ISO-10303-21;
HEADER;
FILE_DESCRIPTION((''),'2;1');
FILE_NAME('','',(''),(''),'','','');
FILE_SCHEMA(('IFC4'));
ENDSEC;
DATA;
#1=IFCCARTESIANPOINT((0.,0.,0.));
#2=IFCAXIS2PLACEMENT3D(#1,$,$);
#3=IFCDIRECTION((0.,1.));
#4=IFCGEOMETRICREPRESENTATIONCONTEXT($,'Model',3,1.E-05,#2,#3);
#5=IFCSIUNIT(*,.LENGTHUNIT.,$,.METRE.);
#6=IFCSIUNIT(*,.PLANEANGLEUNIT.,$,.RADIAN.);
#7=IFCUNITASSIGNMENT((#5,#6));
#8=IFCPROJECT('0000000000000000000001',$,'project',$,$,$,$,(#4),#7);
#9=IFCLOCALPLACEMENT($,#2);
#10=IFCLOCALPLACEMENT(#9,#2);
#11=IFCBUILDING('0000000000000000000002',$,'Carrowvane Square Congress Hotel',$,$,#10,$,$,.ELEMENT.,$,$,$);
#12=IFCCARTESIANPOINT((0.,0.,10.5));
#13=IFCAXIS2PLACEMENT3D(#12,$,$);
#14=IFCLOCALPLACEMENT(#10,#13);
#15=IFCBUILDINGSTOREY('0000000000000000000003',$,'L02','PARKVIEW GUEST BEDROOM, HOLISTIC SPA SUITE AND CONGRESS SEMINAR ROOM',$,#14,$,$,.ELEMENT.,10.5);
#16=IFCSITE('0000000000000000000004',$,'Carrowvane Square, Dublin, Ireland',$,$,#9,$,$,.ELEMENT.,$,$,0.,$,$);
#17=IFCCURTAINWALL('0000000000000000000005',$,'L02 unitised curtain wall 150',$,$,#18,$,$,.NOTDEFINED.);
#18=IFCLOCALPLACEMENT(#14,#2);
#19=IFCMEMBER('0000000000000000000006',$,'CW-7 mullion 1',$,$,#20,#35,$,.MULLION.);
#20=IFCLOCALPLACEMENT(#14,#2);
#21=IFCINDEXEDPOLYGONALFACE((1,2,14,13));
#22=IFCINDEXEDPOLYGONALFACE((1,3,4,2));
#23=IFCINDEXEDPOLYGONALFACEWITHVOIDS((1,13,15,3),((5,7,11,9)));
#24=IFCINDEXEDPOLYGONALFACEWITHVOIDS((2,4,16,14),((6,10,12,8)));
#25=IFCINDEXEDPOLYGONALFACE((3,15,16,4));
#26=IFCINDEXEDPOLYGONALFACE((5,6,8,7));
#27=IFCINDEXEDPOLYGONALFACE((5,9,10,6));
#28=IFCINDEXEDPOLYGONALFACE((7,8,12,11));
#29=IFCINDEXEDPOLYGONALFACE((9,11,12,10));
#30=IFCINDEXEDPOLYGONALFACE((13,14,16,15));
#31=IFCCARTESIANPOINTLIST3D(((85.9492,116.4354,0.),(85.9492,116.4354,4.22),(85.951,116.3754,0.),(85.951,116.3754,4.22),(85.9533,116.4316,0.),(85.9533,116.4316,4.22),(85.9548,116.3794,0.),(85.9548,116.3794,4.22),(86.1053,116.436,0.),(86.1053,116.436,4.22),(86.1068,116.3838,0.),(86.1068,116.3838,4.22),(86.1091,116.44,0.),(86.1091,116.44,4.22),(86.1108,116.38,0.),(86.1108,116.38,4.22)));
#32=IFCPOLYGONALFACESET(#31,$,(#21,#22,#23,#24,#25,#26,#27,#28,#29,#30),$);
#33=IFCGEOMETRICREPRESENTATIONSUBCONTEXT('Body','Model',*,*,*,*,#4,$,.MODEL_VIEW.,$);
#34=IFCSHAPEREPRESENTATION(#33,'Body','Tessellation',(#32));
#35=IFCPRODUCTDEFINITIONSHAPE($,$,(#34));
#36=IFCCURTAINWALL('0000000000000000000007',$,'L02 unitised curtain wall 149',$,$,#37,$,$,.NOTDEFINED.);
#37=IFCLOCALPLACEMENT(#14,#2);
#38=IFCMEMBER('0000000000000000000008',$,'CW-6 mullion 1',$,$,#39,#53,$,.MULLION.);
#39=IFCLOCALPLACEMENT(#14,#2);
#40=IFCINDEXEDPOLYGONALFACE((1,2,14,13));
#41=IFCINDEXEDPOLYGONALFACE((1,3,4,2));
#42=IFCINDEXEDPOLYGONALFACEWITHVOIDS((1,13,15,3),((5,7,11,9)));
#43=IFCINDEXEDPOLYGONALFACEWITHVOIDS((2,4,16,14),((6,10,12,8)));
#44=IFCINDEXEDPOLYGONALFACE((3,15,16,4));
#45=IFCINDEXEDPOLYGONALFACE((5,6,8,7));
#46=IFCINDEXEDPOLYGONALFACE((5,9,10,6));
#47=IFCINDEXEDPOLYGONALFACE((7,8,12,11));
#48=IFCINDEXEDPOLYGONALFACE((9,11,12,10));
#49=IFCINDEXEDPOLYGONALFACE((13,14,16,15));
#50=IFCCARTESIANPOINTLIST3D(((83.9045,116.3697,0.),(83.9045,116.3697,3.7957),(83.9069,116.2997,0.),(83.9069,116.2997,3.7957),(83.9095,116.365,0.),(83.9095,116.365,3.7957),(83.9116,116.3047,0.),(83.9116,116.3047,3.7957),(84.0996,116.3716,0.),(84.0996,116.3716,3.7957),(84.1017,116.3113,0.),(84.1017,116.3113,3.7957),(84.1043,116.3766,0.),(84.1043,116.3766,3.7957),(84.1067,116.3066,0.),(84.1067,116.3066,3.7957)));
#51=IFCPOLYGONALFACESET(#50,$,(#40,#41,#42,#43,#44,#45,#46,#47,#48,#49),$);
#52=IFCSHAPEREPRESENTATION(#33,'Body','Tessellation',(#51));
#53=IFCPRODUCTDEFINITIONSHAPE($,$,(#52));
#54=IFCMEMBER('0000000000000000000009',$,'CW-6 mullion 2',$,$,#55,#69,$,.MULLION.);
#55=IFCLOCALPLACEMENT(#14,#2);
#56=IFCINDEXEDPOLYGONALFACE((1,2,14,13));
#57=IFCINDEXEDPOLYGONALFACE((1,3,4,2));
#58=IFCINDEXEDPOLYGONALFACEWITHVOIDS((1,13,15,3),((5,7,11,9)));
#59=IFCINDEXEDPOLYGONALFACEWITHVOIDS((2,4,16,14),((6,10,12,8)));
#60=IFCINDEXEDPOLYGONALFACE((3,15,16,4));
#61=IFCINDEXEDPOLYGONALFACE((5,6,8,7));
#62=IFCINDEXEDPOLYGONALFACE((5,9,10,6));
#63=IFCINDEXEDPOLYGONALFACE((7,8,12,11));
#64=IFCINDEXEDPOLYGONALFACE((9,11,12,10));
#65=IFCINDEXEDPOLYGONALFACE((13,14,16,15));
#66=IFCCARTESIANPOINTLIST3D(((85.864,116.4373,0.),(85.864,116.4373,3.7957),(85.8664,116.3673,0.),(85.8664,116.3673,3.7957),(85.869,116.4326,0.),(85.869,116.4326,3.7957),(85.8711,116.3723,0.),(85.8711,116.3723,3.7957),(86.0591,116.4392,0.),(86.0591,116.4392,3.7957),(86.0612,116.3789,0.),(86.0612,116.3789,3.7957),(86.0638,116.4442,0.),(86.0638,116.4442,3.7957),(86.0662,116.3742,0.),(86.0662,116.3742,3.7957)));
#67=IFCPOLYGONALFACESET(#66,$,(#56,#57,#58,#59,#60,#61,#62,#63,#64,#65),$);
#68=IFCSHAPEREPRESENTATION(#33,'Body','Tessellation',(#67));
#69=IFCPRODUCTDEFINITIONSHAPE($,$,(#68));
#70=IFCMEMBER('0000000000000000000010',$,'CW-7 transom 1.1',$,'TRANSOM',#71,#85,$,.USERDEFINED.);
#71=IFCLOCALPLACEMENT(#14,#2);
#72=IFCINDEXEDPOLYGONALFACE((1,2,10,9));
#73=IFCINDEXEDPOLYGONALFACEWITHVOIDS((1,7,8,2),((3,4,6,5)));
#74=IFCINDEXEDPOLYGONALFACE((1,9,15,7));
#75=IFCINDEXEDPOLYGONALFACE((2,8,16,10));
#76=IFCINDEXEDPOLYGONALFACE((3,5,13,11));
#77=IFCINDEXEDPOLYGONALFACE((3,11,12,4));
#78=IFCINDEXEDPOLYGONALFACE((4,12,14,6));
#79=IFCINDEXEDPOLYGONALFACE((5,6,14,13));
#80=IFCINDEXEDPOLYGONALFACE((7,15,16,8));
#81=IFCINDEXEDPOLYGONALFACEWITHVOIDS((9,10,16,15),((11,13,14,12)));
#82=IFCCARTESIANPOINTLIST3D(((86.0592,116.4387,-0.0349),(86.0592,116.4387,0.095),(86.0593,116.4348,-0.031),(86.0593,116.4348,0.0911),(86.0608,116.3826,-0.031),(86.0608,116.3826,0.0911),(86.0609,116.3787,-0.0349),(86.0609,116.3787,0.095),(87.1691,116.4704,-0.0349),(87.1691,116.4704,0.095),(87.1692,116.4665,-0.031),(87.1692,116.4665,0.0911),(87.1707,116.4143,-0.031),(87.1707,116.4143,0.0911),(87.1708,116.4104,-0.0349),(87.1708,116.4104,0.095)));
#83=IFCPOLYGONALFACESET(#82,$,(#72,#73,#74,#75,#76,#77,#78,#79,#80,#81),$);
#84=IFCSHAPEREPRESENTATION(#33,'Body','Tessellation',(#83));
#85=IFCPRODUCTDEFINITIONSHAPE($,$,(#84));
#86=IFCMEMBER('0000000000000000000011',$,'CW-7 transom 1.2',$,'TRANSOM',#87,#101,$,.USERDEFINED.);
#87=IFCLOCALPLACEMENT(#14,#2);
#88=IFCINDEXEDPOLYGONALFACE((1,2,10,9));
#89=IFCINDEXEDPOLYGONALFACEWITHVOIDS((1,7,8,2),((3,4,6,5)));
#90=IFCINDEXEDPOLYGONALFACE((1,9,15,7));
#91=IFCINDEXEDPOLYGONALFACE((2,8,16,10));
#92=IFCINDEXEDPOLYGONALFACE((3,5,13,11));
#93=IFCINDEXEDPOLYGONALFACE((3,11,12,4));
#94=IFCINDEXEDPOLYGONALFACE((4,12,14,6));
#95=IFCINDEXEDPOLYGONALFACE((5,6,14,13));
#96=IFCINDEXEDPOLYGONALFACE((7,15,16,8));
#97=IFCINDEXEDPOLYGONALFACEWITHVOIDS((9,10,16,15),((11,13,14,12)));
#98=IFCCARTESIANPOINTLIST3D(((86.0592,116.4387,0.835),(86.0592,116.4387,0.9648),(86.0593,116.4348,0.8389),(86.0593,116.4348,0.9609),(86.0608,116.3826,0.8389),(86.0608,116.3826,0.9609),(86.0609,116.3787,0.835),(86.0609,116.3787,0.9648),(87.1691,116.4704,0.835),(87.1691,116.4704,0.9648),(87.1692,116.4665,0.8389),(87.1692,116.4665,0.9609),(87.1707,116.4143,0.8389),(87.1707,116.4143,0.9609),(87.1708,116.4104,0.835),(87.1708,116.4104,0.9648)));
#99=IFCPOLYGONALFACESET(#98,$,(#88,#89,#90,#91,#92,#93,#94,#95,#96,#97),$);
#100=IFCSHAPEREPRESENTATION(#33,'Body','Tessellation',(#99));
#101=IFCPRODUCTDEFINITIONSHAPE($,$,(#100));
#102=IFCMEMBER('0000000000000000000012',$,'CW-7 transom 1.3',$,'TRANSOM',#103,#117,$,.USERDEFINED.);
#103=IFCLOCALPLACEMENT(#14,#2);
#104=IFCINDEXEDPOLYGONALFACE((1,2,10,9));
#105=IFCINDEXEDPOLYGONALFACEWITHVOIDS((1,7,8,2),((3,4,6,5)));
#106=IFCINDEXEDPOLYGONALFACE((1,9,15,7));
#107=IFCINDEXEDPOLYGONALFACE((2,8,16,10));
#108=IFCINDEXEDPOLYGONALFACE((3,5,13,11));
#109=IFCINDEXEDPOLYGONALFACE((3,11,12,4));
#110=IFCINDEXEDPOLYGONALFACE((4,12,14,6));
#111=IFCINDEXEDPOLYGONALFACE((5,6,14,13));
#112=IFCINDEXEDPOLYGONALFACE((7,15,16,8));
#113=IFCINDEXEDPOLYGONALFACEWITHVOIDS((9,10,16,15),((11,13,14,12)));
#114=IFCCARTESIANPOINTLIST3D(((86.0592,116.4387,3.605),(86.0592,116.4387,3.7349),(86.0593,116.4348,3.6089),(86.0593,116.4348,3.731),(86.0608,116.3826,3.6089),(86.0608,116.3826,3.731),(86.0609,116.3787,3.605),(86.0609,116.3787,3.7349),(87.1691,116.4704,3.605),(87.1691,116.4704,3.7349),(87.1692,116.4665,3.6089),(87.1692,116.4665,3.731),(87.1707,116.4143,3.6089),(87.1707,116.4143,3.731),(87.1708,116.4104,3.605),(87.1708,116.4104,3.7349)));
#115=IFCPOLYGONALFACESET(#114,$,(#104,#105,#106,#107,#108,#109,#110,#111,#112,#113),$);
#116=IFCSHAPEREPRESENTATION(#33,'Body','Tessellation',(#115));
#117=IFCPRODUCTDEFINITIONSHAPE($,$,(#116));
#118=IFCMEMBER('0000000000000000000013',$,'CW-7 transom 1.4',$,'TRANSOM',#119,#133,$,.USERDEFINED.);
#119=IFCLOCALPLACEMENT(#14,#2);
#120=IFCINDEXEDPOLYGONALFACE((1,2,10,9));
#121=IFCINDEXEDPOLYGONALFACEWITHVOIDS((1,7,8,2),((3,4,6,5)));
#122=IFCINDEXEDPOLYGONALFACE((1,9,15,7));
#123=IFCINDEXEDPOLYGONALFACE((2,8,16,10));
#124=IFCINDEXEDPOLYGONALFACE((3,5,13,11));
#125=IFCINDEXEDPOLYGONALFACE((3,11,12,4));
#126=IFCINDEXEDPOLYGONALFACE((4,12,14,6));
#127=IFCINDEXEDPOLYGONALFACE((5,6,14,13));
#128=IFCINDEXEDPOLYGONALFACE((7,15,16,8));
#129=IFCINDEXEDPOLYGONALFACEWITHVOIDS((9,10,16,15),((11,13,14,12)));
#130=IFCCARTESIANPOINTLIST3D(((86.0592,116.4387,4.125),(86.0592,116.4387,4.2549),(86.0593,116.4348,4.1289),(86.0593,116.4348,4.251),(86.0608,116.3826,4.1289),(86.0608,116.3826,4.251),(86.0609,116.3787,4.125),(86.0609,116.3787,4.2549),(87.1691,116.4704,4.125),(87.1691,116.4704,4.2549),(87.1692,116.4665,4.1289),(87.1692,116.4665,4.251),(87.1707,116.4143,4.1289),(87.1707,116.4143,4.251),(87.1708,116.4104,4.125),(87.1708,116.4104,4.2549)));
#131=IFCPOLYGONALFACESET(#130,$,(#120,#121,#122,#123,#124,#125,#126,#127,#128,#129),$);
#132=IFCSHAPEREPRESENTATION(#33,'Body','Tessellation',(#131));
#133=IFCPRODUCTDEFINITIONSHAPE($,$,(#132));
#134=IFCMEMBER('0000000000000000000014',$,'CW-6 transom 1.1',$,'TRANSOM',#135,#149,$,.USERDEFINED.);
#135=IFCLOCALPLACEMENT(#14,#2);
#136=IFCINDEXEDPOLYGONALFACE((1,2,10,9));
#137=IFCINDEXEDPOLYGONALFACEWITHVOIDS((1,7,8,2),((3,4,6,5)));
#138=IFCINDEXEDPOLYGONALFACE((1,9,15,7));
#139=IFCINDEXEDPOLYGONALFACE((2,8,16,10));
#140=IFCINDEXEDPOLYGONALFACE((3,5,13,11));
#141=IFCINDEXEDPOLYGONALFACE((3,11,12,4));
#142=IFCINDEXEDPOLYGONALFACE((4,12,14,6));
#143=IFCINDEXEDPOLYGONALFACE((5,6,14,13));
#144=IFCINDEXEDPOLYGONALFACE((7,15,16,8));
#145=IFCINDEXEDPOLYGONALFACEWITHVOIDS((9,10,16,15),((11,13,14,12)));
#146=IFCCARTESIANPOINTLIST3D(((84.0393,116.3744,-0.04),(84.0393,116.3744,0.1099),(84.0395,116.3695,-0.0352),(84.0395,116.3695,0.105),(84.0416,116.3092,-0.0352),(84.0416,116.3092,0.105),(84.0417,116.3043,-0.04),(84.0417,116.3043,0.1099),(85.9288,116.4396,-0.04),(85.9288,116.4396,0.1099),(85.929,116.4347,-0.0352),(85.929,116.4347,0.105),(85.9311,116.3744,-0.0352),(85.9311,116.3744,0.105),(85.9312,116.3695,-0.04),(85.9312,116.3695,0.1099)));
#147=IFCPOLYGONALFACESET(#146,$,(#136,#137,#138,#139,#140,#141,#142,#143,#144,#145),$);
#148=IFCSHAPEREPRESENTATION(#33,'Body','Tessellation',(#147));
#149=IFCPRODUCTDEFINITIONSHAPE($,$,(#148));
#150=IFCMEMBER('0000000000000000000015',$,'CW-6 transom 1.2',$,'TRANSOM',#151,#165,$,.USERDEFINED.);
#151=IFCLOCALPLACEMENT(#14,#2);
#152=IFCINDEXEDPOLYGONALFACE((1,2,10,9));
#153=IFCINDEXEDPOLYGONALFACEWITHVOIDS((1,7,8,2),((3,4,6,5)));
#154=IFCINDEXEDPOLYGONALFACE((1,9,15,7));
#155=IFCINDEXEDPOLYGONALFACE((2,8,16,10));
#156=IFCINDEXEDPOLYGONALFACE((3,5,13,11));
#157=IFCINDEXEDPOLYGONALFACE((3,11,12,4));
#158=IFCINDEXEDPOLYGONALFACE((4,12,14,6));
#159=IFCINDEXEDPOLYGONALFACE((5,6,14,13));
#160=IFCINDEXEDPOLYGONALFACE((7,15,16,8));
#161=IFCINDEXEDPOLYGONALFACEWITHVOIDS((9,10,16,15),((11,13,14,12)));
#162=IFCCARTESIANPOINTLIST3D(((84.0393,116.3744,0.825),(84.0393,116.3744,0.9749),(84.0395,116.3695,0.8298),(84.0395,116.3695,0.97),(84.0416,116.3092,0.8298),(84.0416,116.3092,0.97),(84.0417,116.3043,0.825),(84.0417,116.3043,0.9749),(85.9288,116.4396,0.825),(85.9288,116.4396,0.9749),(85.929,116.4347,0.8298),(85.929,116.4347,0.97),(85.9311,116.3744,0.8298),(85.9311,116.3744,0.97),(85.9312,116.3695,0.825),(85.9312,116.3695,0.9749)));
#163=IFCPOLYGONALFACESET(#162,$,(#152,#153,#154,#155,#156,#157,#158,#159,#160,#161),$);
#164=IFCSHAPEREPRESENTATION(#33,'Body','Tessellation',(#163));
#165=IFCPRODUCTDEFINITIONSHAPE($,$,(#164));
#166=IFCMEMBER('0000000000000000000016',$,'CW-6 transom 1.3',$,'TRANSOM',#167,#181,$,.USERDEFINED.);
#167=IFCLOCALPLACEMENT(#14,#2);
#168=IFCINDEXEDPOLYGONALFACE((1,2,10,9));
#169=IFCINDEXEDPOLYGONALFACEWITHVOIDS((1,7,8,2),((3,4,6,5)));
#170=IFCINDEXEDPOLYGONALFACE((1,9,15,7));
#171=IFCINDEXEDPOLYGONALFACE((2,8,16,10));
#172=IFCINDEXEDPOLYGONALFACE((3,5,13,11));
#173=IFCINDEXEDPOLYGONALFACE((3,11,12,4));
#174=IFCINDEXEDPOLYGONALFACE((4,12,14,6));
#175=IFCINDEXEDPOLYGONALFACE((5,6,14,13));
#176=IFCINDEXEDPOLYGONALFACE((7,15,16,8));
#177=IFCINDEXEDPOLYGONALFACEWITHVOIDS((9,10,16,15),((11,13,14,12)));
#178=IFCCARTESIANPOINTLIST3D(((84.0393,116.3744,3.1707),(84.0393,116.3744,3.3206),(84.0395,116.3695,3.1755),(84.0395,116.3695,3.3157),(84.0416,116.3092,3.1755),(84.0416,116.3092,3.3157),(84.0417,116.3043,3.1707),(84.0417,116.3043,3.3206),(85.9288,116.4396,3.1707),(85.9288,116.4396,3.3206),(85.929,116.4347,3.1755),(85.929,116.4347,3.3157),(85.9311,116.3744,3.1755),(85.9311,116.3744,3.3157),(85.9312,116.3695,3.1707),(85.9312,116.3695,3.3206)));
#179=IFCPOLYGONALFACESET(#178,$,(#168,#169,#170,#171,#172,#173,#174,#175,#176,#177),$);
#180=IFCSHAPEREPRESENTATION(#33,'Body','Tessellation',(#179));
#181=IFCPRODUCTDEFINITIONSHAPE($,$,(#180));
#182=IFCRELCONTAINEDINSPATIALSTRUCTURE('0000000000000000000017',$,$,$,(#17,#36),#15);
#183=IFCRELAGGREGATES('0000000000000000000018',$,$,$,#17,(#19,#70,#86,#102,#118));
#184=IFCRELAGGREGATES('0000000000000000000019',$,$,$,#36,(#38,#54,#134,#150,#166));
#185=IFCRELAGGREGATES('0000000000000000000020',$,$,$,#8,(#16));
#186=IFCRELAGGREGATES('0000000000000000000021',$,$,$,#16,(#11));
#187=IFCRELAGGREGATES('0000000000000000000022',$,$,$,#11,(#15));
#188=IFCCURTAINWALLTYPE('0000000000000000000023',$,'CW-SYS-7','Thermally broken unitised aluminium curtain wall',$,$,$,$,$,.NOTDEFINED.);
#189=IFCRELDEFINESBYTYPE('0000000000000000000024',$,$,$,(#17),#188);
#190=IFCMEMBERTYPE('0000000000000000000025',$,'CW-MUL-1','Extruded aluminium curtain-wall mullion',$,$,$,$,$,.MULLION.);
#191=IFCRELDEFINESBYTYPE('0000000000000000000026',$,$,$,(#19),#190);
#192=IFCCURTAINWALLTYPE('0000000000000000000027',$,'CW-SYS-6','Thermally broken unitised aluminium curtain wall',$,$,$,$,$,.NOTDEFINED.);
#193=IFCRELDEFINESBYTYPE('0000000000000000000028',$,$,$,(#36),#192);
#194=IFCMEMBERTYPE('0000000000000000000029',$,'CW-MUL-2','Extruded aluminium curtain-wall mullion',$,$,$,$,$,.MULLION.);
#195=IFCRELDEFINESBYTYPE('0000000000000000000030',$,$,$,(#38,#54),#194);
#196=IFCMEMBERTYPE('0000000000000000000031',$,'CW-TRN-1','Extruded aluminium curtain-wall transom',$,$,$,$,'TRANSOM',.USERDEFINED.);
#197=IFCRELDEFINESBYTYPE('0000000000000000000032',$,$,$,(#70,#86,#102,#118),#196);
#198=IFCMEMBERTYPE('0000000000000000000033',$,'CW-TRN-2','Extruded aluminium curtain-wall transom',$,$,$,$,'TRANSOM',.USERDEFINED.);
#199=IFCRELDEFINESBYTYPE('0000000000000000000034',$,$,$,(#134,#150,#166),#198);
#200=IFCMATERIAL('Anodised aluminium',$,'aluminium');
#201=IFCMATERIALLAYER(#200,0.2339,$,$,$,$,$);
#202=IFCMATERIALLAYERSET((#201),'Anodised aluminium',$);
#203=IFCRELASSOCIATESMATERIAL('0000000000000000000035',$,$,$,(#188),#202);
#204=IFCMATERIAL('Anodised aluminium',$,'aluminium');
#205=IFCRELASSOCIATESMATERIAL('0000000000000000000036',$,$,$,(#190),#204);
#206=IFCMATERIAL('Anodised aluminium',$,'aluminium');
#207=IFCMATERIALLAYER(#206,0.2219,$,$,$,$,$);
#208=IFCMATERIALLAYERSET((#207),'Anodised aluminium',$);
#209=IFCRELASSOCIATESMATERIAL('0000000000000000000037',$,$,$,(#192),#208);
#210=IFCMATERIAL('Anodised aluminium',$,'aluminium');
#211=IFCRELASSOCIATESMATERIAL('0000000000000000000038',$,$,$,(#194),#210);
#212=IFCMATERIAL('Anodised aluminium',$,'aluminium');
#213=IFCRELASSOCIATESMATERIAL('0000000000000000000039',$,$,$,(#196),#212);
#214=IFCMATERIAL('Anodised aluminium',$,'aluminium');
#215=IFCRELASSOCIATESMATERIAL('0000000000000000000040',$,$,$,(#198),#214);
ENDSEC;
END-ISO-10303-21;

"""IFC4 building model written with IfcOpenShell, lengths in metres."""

from ifc_helpers import new_model, si_unit, direction, frame, origin, origin_2d, place, context, subcontext, project, spatial, hollow_rectangle, extrude, material, layer, layer_set, material_profile, profile_set, type_object, element, aggregate, save


model = new_model("IFC4")

# Units and contexts
model_context = context("Model", 3, precision=1e-05, world=origin(), true_north=direction((0.0, 1.0)))
body_context = subcontext(model_context, "Body", "Model", "MODEL_VIEW")
ifc_project = project(units=[si_unit("LENGTHUNIT", "METRE"), si_unit("PLANEANGLEUNIT", "RADIAN")], contexts=[model_context])

# Site, building, storey
site_placement = place(None, origin())
site = spatial("IfcSite", under=ifc_project, at=site_placement, Name="Carrowvane Square, Dublin, Ireland", CompositionType="ELEMENT", RefElevation=0.0)
building_placement = place(site_placement, origin())
building = spatial("IfcBuilding", under=site, at=building_placement, Name="Carrowvane Square Congress Hotel", CompositionType="ELEMENT")
storey_placement = place(building_placement, frame((0.0, 0.0, 10.5)))
storey = spatial("IfcBuildingStorey", under=building, at=storey_placement, Name="L02", Description="PARKVIEW GUEST BEDROOM, HOLISTIC SPA SUITE AND CONGRESS SEMINAR ROOM", CompositionType="ELEMENT", Elevation=10.5)

# Curtain wall, member
ifc_material_1 = material(Name="Anodised aluminium", Category="aluminium")
ifc_layer_1 = layer(ifc_material_1, 0.2339)
ifc_layer_set_1 = layer_set([ifc_layer_1], Name="Anodised aluminium")
curtain_wall_type_1 = type_object("IfcCurtainWallType", Name="CW-SYS-7", Description="Thermally broken unitised aluminium curtain wall", PredefinedType="NOTDEFINED", material=ifc_layer_set_1)
curtain_wall_1_placement = place(storey_placement, origin())
curtain_wall_1 = element("IfcCurtainWall", 1, at=curtain_wall_1_placement, inside=storey, type_object=curtain_wall_type_1, Name="L02 unitised curtain wall 150", PredefinedType="NOTDEFINED")
ifc_material_2 = material(Name="Anodised aluminium", Category="aluminium")
ifc_material_profile_1 = material_profile(ifc_material_2, hollow_rectangle(XDim=0.0601, YDim=0.1599, WallThickness=0.0039, at=origin_2d()), Name="CW-ML 60x160x4")
ifc_profile_set_1 = profile_set([ifc_material_profile_1], Name="Anodised aluminium")
member_type_1 = type_object("IfcMemberType", Name="CW-MUL-1", Description="Extruded aluminium curtain-wall mullion", PredefinedType="MULLION", material=ifc_profile_set_1)
member_1_placement = place(storey_placement, frame((86.03, 116.4077, 0.0), z_axis=(0.0, 0.0, 1.0), x_axis=(-0.028638, 0.99959, 0.0)))
member_1 = element("IfcMember", 2, at=member_1_placement, type_object=member_type_1, Name="CW-7 mullion 1", PredefinedType="MULLION", context=body_context, shape_type="SweptSolid", body=[
    extrude(hollow_rectangle(XDim=0.0601, YDim=0.1599, WallThickness=0.0039, at=origin_2d()), origin(), (0.0, 0.0, 1.0), 4.22),
])

# Curtain wall, members
ifc_material_3 = material(Name="Anodised aluminium", Category="aluminium")
ifc_layer_2 = layer(ifc_material_3, 0.2219)
ifc_layer_set_2 = layer_set([ifc_layer_2], Name="Anodised aluminium")
curtain_wall_type_2 = type_object("IfcCurtainWallType", Name="CW-SYS-6", Description="Thermally broken unitised aluminium curtain wall", PredefinedType="NOTDEFINED", material=ifc_layer_set_2)
curtain_wall_2_placement = place(storey_placement, origin())
curtain_wall_2 = element("IfcCurtainWall", 3, at=curtain_wall_2_placement, inside=storey, type_object=curtain_wall_type_2, Name="L02 unitised curtain wall 149", PredefinedType="NOTDEFINED")
ifc_material_4 = material(Name="Anodised aluminium", Category="aluminium")
ifc_material_profile_2 = material_profile(ifc_material_4, hollow_rectangle(XDim=0.0701, YDim=0.2, WallThickness=0.0049, at=origin_2d()), Name="CW-ML 70x200x5")
ifc_profile_set_2 = profile_set([ifc_material_profile_2], Name="Anodised aluminium")
member_type_2 = type_object("IfcMemberType", Name="CW-MUL-2", Description="Extruded aluminium curtain-wall mullion", PredefinedType="MULLION", material=ifc_profile_set_2)
member_2_placement = place(storey_placement, frame((84.0056, 116.3381, 0.0), z_axis=(0.0, 0.0, 1.0), x_axis=(-0.034527, 0.999404, 0.0)))
member_2 = element("IfcMember", 4, at=member_2_placement, type_object=member_type_2, Name="CW-6 mullion 1", PredefinedType="MULLION", context=body_context, shape_type="SweptSolid", body=[
    extrude(hollow_rectangle(XDim=0.0701, YDim=0.2, WallThickness=0.0049, at=origin_2d()), origin(), (0.0, 0.0, 1.0), 3.7957),
])
member_3_placement = place(storey_placement, frame((85.9651, 116.4058, 0.0), z_axis=(0.0, 0.0, 1.0), x_axis=(-0.034527, 0.999404, 0.0)))
member_3 = element("IfcMember", 5, at=member_3_placement, type_object=member_type_2, Name="CW-6 mullion 2", PredefinedType="MULLION", context=body_context, shape_type="SweptSolid", body=[
    extrude(hollow_rectangle(XDim=0.0701, YDim=0.2, WallThickness=0.0049, at=origin_2d()), origin(), (0.0, 0.0, 1.0), 3.7957),
])

# Members
ifc_material_5 = material(Name="Anodised aluminium", Category="aluminium")
ifc_material_profile_3 = material_profile(ifc_material_5, hollow_rectangle(XDim=0.0601, YDim=0.1299, WallThickness=0.0039, at=origin_2d()), Name="CW-TR 60x130x4")
ifc_profile_set_3 = profile_set([ifc_material_profile_3], Name="Anodised aluminium")
member_type_3 = type_object("IfcMemberType", Name="CW-TRN-1", Description="Extruded aluminium curtain-wall transom", ElementType="TRANSOM", PredefinedType="USERDEFINED", material=ifc_profile_set_3)
member_4_placement = place(storey_placement, frame((86.0601, 116.4087, 0.03), z_axis=(0.999591, 0.028585, 0.0), x_axis=(-0.028585, 0.999591, 0.0)))
member_4 = element("IfcMember", 6, at=member_4_placement, type_object=member_type_3, Name="CW-7 transom 1.1", ObjectType="TRANSOM", PredefinedType="USERDEFINED", context=body_context, shape_type="SweptSolid", body=[
    extrude(hollow_rectangle(XDim=0.0601, YDim=0.1299, WallThickness=0.0039, at=origin_2d()), origin(), (0.0, 0.0, 1.0), 1.1104),
])
member_5_placement = place(storey_placement, frame((86.0601, 116.4087, 0.8999), z_axis=(0.999591, 0.028585, 0.0), x_axis=(-0.028585, 0.999591, 0.0)))
member_5 = element("IfcMember", 7, at=member_5_placement, type_object=member_type_3, Name="CW-7 transom 1.2", ObjectType="TRANSOM", PredefinedType="USERDEFINED", context=body_context, shape_type="SweptSolid", body=[
    extrude(hollow_rectangle(XDim=0.0601, YDim=0.1299, WallThickness=0.0039, at=origin_2d()), origin(), (0.0, 0.0, 1.0), 1.1104),
])
member_6_placement = place(storey_placement, frame((86.0601, 116.4087, 3.6699), z_axis=(0.999591, 0.028585, 0.0), x_axis=(-0.028585, 0.999591, 0.0)))
member_6 = element("IfcMember", 8, at=member_6_placement, type_object=member_type_3, Name="CW-7 transom 1.3", ObjectType="TRANSOM", PredefinedType="USERDEFINED", context=body_context, shape_type="SweptSolid", body=[
    extrude(hollow_rectangle(XDim=0.0601, YDim=0.1299, WallThickness=0.0039, at=origin_2d()), origin(), (0.0, 0.0, 1.0), 1.1104),
])
member_7_placement = place(storey_placement, frame((86.0601, 116.4087, 4.1899), z_axis=(0.999591, 0.028585, 0.0), x_axis=(-0.028585, 0.999591, 0.0)))
member_7 = element("IfcMember", 9, at=member_7_placement, type_object=member_type_3, Name="CW-7 transom 1.4", ObjectType="TRANSOM", PredefinedType="USERDEFINED", context=body_context, shape_type="SweptSolid", body=[
    extrude(hollow_rectangle(XDim=0.0601, YDim=0.1299, WallThickness=0.0039, at=origin_2d()), origin(), (0.0, 0.0, 1.0), 1.1104),
])
ifc_material_6 = material(Name="Anodised aluminium", Category="aluminium")
ifc_material_profile_4 = material_profile(ifc_material_6, hollow_rectangle(XDim=0.0701, YDim=0.1499, WallThickness=0.0049, at=origin_2d()), Name="CW-TR 70x150x5")
ifc_profile_set_4 = profile_set([ifc_material_profile_4], Name="Anodised aluminium")
member_type_4 = type_object("IfcMemberType", Name="CW-TRN-2", Description="Extruded aluminium curtain-wall transom", ElementType="TRANSOM", PredefinedType="USERDEFINED", material=ifc_profile_set_4)
member_8_placement = place(storey_placement, frame((84.0405, 116.3394, 0.0349), z_axis=(0.999405, 0.03448, 0.0), x_axis=(-0.03448, 0.999405, 0.0)))
member_8 = element("IfcMember", 10, at=member_8_placement, type_object=member_type_4, Name="CW-6 transom 1.1", ObjectType="TRANSOM", PredefinedType="USERDEFINED", context=body_context, shape_type="SweptSolid", body=[
    extrude(hollow_rectangle(XDim=0.0701, YDim=0.1499, WallThickness=0.0049, at=origin_2d()), origin(), (0.0, 0.0, 1.0), 1.8906),
])
member_9_placement = place(storey_placement, frame((84.0405, 116.3394, 0.8999), z_axis=(0.999405, 0.03448, 0.0), x_axis=(-0.03448, 0.999405, 0.0)))
member_9 = element("IfcMember", 11, at=member_9_placement, type_object=member_type_4, Name="CW-6 transom 1.2", ObjectType="TRANSOM", PredefinedType="USERDEFINED", context=body_context, shape_type="SweptSolid", body=[
    extrude(hollow_rectangle(XDim=0.0701, YDim=0.1499, WallThickness=0.0049, at=origin_2d()), origin(), (0.0, 0.0, 1.0), 1.8906),
])
member_10_placement = place(storey_placement, frame((84.0405, 116.3394, 3.2456), z_axis=(0.999405, 0.03448, 0.0), x_axis=(-0.03448, 0.999405, 0.0)))
member_10 = element("IfcMember", 12, at=member_10_placement, type_object=member_type_4, Name="CW-6 transom 1.3", ObjectType="TRANSOM", PredefinedType="USERDEFINED", context=body_context, shape_type="SweptSolid", body=[
    extrude(hollow_rectangle(XDim=0.0701, YDim=0.1499, WallThickness=0.0049, at=origin_2d()), origin(), (0.0, 0.0, 1.0), 1.8906),
])

aggregate(curtain_wall_1, [member_1, member_4, member_5, member_6, member_7])
aggregate(curtain_wall_2, [member_2, member_3, member_8, member_9, member_10])

save(model, "model.ifc")
